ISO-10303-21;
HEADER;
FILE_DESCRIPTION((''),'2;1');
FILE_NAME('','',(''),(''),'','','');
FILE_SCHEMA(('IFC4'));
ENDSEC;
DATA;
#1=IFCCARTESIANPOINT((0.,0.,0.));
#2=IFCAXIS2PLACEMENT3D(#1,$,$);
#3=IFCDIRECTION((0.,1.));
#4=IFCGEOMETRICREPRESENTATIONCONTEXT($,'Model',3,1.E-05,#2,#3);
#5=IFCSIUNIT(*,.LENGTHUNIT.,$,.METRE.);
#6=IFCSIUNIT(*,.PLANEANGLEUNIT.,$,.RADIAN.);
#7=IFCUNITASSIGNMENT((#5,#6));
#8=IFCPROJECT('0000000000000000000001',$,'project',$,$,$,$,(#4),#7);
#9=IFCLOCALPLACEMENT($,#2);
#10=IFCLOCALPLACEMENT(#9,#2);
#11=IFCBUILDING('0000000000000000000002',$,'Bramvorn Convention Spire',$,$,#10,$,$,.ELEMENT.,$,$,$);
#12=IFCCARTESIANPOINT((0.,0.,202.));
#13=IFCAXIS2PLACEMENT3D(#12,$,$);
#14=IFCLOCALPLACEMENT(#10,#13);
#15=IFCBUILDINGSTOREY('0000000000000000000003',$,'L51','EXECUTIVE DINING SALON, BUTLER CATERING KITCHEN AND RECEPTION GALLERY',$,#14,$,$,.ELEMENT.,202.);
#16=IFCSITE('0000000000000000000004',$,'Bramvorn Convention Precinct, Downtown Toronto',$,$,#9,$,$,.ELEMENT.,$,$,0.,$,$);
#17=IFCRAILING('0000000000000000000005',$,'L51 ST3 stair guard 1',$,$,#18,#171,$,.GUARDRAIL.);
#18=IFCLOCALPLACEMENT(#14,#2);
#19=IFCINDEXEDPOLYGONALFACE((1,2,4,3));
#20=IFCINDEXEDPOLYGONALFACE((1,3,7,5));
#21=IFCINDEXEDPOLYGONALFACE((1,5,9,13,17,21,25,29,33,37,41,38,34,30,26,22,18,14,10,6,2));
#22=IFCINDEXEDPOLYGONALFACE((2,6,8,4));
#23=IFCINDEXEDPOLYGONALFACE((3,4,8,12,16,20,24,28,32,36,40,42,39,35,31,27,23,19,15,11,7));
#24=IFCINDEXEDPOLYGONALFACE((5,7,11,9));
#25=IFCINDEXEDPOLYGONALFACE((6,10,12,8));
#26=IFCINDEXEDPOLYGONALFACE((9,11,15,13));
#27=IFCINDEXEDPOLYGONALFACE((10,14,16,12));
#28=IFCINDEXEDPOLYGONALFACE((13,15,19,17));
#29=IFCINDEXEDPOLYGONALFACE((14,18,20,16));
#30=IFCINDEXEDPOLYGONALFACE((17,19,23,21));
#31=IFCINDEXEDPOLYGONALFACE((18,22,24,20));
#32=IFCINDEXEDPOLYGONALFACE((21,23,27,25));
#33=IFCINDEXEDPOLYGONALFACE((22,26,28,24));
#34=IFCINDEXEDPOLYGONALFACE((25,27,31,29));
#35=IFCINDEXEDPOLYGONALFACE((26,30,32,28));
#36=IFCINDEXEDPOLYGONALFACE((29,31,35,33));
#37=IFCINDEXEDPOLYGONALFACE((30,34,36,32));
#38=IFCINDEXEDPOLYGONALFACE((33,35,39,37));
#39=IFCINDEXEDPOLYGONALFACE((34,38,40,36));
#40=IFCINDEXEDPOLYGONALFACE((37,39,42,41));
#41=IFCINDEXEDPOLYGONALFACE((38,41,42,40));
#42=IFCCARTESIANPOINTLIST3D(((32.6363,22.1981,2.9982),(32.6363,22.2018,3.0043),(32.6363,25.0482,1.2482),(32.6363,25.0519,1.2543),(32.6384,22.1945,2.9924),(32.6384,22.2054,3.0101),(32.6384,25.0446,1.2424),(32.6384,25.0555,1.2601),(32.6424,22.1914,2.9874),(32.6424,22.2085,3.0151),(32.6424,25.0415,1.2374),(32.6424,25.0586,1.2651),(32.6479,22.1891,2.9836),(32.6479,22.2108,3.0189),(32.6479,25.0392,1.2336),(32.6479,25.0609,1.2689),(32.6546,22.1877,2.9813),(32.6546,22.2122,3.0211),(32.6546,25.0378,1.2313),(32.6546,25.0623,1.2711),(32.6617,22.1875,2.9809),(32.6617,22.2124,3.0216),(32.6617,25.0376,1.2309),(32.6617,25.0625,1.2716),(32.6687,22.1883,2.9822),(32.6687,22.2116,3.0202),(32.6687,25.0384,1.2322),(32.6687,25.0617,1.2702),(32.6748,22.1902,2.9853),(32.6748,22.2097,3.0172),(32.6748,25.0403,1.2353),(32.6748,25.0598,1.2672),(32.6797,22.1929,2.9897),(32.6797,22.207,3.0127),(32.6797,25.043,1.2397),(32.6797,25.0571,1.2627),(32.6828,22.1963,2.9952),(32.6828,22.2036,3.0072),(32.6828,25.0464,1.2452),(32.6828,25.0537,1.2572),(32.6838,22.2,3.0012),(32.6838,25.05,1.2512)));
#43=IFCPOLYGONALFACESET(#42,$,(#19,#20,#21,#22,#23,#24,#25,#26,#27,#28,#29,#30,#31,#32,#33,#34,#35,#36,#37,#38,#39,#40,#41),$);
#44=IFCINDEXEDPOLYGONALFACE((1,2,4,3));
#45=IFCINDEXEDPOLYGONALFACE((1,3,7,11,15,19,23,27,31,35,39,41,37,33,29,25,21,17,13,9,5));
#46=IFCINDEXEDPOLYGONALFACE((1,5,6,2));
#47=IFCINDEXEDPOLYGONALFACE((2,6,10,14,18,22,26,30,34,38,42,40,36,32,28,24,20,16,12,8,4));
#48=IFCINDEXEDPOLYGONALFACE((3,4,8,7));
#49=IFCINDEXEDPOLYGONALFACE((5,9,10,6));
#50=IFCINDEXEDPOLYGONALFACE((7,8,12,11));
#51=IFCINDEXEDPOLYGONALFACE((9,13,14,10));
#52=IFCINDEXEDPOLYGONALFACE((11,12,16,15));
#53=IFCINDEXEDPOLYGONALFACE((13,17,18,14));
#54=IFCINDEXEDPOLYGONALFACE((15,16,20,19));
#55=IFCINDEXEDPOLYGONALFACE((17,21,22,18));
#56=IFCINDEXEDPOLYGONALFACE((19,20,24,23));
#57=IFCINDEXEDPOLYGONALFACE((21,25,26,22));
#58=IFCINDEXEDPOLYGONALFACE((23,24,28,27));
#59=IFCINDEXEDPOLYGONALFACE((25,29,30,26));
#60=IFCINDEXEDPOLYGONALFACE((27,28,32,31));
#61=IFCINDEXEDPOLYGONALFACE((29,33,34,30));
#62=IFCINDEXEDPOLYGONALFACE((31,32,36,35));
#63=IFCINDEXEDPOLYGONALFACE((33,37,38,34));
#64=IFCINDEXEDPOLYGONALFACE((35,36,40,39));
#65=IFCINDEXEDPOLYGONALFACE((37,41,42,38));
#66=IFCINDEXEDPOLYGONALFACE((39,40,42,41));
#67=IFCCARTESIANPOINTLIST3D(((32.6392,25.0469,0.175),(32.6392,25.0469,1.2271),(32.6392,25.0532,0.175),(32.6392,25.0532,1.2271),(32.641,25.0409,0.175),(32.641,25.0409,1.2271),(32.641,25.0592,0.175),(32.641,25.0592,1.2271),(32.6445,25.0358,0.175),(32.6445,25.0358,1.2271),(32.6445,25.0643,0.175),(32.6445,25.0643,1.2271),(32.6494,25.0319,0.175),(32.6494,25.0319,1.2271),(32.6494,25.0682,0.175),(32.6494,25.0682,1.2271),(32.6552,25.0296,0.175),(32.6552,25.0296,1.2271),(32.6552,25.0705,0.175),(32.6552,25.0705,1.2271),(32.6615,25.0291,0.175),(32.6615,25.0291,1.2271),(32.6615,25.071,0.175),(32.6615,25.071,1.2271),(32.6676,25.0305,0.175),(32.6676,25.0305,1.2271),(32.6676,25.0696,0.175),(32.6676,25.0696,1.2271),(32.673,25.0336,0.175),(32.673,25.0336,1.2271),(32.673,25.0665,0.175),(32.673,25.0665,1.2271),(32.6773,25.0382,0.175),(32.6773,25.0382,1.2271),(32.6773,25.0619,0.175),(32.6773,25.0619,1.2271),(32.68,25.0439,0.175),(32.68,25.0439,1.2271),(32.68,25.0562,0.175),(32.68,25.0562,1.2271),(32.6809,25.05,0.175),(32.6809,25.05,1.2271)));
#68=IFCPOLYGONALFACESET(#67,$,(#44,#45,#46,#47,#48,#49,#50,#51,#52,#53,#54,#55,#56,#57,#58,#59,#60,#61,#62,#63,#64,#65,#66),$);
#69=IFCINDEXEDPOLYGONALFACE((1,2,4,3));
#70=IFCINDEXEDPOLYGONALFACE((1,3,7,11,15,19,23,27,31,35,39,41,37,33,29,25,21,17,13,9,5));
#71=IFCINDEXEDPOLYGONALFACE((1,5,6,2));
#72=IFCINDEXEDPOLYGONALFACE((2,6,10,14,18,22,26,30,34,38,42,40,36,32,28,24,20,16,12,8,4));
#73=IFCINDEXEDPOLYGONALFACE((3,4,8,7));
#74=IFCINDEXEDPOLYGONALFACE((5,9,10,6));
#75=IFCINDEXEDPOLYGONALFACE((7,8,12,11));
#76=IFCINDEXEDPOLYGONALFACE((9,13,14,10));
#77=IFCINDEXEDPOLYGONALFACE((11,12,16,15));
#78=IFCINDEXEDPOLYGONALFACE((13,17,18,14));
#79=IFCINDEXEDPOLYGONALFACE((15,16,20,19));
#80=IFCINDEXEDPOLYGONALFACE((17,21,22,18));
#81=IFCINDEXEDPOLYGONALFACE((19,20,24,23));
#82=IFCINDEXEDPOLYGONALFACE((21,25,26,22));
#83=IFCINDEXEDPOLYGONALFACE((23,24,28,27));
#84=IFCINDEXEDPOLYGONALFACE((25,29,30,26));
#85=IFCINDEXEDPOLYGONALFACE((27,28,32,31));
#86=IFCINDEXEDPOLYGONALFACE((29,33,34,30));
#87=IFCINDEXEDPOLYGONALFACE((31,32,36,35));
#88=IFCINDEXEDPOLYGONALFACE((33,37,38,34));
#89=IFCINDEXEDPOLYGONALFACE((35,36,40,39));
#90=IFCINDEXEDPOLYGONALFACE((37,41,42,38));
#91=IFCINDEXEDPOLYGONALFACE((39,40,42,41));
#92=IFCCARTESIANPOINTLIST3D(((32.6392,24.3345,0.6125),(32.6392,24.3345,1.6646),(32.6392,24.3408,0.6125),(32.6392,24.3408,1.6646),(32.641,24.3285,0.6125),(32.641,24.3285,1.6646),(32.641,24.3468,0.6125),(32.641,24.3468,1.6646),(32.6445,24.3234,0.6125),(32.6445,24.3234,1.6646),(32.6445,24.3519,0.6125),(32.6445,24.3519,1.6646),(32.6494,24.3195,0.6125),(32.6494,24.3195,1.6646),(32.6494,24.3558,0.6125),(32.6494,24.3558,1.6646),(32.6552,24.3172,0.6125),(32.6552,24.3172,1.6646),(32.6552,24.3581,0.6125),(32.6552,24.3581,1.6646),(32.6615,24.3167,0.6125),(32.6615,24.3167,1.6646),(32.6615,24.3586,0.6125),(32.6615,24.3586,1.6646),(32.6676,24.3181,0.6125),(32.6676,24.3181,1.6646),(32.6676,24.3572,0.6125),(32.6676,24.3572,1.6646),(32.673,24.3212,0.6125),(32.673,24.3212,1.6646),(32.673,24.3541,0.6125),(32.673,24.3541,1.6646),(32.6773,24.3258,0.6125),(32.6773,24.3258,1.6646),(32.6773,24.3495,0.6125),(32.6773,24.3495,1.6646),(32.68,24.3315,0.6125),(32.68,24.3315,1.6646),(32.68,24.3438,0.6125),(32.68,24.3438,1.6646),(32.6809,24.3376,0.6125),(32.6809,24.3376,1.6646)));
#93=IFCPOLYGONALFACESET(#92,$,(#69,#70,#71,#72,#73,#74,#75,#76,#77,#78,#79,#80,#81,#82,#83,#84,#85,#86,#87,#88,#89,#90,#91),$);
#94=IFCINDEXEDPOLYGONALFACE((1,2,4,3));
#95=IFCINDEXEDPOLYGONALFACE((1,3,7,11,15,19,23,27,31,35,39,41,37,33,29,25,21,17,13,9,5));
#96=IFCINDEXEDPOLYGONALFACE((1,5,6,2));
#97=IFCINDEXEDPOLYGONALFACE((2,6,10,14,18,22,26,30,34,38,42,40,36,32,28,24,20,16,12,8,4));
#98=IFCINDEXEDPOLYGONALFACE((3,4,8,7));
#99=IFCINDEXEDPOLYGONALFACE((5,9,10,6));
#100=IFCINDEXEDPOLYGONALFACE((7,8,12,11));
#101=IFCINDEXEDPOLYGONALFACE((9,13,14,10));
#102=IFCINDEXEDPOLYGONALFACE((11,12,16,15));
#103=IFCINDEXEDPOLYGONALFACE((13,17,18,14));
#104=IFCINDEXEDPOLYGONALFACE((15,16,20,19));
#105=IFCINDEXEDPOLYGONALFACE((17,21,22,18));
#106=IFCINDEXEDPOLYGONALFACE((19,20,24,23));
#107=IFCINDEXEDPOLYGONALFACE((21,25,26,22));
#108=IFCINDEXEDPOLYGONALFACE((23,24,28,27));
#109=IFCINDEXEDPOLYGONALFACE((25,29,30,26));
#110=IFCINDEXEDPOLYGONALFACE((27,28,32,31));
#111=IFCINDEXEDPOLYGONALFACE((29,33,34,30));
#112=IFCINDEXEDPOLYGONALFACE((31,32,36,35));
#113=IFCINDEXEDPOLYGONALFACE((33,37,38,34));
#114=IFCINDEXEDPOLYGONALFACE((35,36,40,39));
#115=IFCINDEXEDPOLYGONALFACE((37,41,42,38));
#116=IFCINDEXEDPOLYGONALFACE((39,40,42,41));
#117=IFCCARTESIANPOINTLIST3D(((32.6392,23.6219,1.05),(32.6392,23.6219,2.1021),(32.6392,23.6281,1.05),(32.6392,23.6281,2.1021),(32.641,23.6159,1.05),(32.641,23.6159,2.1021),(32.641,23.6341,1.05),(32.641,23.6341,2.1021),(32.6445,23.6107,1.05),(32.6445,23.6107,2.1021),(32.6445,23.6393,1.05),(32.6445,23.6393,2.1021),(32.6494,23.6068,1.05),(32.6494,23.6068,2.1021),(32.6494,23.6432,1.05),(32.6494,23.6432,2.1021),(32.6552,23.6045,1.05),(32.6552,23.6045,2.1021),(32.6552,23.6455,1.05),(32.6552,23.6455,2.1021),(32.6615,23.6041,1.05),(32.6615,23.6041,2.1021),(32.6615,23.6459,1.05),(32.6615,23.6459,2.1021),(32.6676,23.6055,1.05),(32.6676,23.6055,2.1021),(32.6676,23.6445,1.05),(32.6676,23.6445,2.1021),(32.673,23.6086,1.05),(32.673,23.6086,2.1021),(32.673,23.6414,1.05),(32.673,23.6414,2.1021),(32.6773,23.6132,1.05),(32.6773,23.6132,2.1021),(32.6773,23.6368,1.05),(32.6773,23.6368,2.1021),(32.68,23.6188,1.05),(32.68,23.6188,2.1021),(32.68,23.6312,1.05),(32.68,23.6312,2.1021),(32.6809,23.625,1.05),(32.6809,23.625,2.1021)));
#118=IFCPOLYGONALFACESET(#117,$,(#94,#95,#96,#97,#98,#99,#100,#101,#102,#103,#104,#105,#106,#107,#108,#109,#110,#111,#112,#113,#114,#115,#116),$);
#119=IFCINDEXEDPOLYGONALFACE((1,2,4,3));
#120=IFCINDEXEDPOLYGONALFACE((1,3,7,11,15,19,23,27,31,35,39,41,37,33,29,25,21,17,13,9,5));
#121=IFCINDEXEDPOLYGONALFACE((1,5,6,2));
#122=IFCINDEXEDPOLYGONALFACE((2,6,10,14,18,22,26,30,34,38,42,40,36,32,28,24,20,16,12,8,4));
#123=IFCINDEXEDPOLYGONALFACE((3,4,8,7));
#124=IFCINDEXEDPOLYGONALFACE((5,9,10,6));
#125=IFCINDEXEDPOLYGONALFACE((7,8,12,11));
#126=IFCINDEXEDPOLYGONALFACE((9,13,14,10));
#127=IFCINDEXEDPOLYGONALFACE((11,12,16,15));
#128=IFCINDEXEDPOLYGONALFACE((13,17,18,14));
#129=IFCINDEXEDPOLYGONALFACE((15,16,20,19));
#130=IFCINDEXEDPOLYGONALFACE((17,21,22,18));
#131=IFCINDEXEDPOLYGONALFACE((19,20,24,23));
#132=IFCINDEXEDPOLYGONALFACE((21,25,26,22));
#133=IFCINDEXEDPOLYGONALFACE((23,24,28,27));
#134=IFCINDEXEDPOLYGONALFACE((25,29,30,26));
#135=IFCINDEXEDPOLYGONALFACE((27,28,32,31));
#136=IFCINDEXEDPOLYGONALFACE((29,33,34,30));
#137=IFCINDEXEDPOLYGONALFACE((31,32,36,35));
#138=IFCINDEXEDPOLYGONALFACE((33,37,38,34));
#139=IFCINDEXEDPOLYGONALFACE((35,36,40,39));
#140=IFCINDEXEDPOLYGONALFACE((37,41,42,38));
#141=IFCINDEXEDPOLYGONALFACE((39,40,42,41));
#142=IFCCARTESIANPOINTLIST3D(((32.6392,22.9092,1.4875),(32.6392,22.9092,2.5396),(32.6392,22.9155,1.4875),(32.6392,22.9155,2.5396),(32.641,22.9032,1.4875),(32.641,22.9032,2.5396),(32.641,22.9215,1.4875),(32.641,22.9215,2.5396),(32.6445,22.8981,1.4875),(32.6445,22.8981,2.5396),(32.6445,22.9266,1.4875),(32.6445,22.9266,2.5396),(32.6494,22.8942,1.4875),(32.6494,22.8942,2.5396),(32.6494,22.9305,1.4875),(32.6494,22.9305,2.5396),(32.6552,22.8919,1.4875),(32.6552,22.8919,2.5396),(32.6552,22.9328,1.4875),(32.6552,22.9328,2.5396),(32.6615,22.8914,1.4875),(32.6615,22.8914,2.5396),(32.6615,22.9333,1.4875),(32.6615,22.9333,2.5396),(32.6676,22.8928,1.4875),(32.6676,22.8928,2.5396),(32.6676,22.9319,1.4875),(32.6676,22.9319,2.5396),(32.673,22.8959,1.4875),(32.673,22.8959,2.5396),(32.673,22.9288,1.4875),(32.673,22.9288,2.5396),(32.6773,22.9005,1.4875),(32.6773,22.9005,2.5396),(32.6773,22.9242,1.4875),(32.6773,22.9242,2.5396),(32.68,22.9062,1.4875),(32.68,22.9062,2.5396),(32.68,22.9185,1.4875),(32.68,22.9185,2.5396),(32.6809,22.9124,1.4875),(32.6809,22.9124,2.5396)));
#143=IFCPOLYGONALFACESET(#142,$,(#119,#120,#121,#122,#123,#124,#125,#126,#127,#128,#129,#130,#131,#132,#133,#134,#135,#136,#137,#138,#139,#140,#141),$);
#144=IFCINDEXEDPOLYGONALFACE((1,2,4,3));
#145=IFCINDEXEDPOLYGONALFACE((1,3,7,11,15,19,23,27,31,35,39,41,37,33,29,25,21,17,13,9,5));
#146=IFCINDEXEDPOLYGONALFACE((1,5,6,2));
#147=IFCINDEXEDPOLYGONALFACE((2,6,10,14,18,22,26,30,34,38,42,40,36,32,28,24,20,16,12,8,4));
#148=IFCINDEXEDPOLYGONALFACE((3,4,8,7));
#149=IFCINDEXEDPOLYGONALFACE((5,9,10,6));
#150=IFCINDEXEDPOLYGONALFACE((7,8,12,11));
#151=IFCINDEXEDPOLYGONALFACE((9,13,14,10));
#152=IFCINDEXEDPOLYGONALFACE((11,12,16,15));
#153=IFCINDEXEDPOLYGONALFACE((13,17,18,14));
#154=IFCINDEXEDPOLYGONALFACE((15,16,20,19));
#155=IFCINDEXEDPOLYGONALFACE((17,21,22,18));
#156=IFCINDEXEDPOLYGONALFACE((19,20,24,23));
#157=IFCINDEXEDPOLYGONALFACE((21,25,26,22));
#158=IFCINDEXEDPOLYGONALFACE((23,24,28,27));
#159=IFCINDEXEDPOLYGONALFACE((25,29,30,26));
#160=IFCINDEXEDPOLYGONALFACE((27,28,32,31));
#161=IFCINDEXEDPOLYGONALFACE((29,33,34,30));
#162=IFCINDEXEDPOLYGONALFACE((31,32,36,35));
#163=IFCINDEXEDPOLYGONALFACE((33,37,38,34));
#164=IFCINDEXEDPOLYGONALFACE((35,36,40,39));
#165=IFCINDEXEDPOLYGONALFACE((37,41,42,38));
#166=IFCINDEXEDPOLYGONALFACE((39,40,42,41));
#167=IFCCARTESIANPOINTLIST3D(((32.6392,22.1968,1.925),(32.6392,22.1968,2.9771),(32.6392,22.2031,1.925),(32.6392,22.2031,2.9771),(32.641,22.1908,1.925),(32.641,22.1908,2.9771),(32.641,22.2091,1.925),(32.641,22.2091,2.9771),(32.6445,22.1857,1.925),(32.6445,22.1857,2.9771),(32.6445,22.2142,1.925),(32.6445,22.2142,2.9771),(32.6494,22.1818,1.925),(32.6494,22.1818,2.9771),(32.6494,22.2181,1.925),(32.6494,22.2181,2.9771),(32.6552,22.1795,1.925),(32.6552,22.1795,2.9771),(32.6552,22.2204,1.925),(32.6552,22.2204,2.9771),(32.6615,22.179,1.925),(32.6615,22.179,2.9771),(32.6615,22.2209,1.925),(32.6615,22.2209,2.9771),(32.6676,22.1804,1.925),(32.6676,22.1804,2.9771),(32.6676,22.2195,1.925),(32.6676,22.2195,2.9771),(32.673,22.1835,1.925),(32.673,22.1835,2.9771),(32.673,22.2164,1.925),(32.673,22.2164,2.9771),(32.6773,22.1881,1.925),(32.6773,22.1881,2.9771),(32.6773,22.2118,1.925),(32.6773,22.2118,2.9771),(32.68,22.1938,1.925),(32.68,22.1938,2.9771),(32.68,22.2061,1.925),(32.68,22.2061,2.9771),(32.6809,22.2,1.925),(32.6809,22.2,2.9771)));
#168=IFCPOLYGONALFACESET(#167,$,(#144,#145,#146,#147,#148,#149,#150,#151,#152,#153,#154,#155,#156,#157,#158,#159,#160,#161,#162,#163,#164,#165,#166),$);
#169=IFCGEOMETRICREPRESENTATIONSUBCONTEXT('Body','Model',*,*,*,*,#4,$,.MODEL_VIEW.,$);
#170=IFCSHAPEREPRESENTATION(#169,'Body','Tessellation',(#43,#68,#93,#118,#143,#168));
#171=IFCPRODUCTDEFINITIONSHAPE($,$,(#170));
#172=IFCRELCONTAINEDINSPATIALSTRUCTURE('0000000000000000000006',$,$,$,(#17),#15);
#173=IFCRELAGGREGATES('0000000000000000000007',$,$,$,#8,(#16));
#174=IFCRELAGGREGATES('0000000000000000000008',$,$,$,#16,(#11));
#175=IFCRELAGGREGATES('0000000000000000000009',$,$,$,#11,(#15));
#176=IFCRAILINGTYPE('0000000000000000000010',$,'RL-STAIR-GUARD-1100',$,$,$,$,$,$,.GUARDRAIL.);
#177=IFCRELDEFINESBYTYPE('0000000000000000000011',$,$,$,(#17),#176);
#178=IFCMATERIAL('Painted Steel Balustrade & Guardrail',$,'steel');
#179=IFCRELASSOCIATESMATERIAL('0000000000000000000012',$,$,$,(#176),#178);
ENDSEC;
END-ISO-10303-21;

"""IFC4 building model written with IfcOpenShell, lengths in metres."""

from ifc_helpers import new_model, si_unit, direction, frame, origin, origin_2d, place, context, subcontext, project, spatial, circle, extrude, material, type_object, element, save


model = new_model("IFC4")

# Units and contexts
model_context = context("Model", 3, precision=1e-05, world=origin(), true_north=direction((0.0, 1.0)))
body_context = subcontext(model_context, "Body", "Model", "MODEL_VIEW")
ifc_project = project(units=[si_unit("LENGTHUNIT", "METRE"), si_unit("PLANEANGLEUNIT", "RADIAN")], contexts=[model_context])

# Site, building, storey
site_placement = place(None, origin())
site = spatial("IfcSite", under=ifc_project, at=site_placement, Name="Bramvorn Convention Precinct, Downtown Toronto", CompositionType="ELEMENT", RefElevation=0.0)
building_placement = place(site_placement, origin())
building = spatial("IfcBuilding", under=site, at=building_placement, Name="Bramvorn Convention Spire", CompositionType="ELEMENT")
storey_placement = place(building_placement, frame((0.0, 0.0, 202.0)))
storey = spatial("IfcBuildingStorey", under=building, at=storey_placement, Name="L51", Description="EXECUTIVE DINING SALON, BUTLER CATERING KITCHEN AND RECEPTION GALLERY", CompositionType="ELEMENT", Elevation=202.0)

# Railing
ifc_material_1 = material(Name="Painted Steel Balustrade & Guardrail", Category="steel")
railing_type_1 = type_object("IfcRailingType", Name="RL-STAIR-GUARD-1100", PredefinedType="GUARDRAIL", material=ifc_material_1)
railing_1_placement = place(storey_placement, frame((32.6599, 25.05, 0.175)))
element("IfcRailing", 1, at=railing_1_placement, inside=storey, type_object=railing_type_1, Name="L51 ST3 stair guard 1", PredefinedType="GUARDRAIL", context=body_context, shape_type="SweptSolid", body=[
    extrude(circle(Radius=0.0239, at=origin_2d()), frame((0.0, 0.0, 1.0762), z_axis=(0.0, -0.852179, 0.52325), x_axis=(1.0, 0.0, 0.0)), (0.0, 0.0, 1.0), 3.3445),
    extrude(circle(Radius=0.021, at=origin_2d()), origin(), (0.0, 0.0, 1.0), 1.052),
    extrude(circle(Radius=0.021, at=origin_2d()), frame((0.0, -0.7124, 0.4375)), (0.0, 0.0, 1.0), 1.052),
    extrude(circle(Radius=0.021, at=origin_2d()), frame((0.0, -1.425, 0.875)), (0.0, 0.0, 1.0), 1.052),
    extrude(circle(Radius=0.021, at=origin_2d()), frame((0.0, -2.1377, 1.3125)), (0.0, 0.0, 1.0), 1.052),
    extrude(circle(Radius=0.021, at=origin_2d()), frame((0.0, -2.8501, 1.75)), (0.0, 0.0, 1.0), 1.052),
])

save(model, "model.ifc")
